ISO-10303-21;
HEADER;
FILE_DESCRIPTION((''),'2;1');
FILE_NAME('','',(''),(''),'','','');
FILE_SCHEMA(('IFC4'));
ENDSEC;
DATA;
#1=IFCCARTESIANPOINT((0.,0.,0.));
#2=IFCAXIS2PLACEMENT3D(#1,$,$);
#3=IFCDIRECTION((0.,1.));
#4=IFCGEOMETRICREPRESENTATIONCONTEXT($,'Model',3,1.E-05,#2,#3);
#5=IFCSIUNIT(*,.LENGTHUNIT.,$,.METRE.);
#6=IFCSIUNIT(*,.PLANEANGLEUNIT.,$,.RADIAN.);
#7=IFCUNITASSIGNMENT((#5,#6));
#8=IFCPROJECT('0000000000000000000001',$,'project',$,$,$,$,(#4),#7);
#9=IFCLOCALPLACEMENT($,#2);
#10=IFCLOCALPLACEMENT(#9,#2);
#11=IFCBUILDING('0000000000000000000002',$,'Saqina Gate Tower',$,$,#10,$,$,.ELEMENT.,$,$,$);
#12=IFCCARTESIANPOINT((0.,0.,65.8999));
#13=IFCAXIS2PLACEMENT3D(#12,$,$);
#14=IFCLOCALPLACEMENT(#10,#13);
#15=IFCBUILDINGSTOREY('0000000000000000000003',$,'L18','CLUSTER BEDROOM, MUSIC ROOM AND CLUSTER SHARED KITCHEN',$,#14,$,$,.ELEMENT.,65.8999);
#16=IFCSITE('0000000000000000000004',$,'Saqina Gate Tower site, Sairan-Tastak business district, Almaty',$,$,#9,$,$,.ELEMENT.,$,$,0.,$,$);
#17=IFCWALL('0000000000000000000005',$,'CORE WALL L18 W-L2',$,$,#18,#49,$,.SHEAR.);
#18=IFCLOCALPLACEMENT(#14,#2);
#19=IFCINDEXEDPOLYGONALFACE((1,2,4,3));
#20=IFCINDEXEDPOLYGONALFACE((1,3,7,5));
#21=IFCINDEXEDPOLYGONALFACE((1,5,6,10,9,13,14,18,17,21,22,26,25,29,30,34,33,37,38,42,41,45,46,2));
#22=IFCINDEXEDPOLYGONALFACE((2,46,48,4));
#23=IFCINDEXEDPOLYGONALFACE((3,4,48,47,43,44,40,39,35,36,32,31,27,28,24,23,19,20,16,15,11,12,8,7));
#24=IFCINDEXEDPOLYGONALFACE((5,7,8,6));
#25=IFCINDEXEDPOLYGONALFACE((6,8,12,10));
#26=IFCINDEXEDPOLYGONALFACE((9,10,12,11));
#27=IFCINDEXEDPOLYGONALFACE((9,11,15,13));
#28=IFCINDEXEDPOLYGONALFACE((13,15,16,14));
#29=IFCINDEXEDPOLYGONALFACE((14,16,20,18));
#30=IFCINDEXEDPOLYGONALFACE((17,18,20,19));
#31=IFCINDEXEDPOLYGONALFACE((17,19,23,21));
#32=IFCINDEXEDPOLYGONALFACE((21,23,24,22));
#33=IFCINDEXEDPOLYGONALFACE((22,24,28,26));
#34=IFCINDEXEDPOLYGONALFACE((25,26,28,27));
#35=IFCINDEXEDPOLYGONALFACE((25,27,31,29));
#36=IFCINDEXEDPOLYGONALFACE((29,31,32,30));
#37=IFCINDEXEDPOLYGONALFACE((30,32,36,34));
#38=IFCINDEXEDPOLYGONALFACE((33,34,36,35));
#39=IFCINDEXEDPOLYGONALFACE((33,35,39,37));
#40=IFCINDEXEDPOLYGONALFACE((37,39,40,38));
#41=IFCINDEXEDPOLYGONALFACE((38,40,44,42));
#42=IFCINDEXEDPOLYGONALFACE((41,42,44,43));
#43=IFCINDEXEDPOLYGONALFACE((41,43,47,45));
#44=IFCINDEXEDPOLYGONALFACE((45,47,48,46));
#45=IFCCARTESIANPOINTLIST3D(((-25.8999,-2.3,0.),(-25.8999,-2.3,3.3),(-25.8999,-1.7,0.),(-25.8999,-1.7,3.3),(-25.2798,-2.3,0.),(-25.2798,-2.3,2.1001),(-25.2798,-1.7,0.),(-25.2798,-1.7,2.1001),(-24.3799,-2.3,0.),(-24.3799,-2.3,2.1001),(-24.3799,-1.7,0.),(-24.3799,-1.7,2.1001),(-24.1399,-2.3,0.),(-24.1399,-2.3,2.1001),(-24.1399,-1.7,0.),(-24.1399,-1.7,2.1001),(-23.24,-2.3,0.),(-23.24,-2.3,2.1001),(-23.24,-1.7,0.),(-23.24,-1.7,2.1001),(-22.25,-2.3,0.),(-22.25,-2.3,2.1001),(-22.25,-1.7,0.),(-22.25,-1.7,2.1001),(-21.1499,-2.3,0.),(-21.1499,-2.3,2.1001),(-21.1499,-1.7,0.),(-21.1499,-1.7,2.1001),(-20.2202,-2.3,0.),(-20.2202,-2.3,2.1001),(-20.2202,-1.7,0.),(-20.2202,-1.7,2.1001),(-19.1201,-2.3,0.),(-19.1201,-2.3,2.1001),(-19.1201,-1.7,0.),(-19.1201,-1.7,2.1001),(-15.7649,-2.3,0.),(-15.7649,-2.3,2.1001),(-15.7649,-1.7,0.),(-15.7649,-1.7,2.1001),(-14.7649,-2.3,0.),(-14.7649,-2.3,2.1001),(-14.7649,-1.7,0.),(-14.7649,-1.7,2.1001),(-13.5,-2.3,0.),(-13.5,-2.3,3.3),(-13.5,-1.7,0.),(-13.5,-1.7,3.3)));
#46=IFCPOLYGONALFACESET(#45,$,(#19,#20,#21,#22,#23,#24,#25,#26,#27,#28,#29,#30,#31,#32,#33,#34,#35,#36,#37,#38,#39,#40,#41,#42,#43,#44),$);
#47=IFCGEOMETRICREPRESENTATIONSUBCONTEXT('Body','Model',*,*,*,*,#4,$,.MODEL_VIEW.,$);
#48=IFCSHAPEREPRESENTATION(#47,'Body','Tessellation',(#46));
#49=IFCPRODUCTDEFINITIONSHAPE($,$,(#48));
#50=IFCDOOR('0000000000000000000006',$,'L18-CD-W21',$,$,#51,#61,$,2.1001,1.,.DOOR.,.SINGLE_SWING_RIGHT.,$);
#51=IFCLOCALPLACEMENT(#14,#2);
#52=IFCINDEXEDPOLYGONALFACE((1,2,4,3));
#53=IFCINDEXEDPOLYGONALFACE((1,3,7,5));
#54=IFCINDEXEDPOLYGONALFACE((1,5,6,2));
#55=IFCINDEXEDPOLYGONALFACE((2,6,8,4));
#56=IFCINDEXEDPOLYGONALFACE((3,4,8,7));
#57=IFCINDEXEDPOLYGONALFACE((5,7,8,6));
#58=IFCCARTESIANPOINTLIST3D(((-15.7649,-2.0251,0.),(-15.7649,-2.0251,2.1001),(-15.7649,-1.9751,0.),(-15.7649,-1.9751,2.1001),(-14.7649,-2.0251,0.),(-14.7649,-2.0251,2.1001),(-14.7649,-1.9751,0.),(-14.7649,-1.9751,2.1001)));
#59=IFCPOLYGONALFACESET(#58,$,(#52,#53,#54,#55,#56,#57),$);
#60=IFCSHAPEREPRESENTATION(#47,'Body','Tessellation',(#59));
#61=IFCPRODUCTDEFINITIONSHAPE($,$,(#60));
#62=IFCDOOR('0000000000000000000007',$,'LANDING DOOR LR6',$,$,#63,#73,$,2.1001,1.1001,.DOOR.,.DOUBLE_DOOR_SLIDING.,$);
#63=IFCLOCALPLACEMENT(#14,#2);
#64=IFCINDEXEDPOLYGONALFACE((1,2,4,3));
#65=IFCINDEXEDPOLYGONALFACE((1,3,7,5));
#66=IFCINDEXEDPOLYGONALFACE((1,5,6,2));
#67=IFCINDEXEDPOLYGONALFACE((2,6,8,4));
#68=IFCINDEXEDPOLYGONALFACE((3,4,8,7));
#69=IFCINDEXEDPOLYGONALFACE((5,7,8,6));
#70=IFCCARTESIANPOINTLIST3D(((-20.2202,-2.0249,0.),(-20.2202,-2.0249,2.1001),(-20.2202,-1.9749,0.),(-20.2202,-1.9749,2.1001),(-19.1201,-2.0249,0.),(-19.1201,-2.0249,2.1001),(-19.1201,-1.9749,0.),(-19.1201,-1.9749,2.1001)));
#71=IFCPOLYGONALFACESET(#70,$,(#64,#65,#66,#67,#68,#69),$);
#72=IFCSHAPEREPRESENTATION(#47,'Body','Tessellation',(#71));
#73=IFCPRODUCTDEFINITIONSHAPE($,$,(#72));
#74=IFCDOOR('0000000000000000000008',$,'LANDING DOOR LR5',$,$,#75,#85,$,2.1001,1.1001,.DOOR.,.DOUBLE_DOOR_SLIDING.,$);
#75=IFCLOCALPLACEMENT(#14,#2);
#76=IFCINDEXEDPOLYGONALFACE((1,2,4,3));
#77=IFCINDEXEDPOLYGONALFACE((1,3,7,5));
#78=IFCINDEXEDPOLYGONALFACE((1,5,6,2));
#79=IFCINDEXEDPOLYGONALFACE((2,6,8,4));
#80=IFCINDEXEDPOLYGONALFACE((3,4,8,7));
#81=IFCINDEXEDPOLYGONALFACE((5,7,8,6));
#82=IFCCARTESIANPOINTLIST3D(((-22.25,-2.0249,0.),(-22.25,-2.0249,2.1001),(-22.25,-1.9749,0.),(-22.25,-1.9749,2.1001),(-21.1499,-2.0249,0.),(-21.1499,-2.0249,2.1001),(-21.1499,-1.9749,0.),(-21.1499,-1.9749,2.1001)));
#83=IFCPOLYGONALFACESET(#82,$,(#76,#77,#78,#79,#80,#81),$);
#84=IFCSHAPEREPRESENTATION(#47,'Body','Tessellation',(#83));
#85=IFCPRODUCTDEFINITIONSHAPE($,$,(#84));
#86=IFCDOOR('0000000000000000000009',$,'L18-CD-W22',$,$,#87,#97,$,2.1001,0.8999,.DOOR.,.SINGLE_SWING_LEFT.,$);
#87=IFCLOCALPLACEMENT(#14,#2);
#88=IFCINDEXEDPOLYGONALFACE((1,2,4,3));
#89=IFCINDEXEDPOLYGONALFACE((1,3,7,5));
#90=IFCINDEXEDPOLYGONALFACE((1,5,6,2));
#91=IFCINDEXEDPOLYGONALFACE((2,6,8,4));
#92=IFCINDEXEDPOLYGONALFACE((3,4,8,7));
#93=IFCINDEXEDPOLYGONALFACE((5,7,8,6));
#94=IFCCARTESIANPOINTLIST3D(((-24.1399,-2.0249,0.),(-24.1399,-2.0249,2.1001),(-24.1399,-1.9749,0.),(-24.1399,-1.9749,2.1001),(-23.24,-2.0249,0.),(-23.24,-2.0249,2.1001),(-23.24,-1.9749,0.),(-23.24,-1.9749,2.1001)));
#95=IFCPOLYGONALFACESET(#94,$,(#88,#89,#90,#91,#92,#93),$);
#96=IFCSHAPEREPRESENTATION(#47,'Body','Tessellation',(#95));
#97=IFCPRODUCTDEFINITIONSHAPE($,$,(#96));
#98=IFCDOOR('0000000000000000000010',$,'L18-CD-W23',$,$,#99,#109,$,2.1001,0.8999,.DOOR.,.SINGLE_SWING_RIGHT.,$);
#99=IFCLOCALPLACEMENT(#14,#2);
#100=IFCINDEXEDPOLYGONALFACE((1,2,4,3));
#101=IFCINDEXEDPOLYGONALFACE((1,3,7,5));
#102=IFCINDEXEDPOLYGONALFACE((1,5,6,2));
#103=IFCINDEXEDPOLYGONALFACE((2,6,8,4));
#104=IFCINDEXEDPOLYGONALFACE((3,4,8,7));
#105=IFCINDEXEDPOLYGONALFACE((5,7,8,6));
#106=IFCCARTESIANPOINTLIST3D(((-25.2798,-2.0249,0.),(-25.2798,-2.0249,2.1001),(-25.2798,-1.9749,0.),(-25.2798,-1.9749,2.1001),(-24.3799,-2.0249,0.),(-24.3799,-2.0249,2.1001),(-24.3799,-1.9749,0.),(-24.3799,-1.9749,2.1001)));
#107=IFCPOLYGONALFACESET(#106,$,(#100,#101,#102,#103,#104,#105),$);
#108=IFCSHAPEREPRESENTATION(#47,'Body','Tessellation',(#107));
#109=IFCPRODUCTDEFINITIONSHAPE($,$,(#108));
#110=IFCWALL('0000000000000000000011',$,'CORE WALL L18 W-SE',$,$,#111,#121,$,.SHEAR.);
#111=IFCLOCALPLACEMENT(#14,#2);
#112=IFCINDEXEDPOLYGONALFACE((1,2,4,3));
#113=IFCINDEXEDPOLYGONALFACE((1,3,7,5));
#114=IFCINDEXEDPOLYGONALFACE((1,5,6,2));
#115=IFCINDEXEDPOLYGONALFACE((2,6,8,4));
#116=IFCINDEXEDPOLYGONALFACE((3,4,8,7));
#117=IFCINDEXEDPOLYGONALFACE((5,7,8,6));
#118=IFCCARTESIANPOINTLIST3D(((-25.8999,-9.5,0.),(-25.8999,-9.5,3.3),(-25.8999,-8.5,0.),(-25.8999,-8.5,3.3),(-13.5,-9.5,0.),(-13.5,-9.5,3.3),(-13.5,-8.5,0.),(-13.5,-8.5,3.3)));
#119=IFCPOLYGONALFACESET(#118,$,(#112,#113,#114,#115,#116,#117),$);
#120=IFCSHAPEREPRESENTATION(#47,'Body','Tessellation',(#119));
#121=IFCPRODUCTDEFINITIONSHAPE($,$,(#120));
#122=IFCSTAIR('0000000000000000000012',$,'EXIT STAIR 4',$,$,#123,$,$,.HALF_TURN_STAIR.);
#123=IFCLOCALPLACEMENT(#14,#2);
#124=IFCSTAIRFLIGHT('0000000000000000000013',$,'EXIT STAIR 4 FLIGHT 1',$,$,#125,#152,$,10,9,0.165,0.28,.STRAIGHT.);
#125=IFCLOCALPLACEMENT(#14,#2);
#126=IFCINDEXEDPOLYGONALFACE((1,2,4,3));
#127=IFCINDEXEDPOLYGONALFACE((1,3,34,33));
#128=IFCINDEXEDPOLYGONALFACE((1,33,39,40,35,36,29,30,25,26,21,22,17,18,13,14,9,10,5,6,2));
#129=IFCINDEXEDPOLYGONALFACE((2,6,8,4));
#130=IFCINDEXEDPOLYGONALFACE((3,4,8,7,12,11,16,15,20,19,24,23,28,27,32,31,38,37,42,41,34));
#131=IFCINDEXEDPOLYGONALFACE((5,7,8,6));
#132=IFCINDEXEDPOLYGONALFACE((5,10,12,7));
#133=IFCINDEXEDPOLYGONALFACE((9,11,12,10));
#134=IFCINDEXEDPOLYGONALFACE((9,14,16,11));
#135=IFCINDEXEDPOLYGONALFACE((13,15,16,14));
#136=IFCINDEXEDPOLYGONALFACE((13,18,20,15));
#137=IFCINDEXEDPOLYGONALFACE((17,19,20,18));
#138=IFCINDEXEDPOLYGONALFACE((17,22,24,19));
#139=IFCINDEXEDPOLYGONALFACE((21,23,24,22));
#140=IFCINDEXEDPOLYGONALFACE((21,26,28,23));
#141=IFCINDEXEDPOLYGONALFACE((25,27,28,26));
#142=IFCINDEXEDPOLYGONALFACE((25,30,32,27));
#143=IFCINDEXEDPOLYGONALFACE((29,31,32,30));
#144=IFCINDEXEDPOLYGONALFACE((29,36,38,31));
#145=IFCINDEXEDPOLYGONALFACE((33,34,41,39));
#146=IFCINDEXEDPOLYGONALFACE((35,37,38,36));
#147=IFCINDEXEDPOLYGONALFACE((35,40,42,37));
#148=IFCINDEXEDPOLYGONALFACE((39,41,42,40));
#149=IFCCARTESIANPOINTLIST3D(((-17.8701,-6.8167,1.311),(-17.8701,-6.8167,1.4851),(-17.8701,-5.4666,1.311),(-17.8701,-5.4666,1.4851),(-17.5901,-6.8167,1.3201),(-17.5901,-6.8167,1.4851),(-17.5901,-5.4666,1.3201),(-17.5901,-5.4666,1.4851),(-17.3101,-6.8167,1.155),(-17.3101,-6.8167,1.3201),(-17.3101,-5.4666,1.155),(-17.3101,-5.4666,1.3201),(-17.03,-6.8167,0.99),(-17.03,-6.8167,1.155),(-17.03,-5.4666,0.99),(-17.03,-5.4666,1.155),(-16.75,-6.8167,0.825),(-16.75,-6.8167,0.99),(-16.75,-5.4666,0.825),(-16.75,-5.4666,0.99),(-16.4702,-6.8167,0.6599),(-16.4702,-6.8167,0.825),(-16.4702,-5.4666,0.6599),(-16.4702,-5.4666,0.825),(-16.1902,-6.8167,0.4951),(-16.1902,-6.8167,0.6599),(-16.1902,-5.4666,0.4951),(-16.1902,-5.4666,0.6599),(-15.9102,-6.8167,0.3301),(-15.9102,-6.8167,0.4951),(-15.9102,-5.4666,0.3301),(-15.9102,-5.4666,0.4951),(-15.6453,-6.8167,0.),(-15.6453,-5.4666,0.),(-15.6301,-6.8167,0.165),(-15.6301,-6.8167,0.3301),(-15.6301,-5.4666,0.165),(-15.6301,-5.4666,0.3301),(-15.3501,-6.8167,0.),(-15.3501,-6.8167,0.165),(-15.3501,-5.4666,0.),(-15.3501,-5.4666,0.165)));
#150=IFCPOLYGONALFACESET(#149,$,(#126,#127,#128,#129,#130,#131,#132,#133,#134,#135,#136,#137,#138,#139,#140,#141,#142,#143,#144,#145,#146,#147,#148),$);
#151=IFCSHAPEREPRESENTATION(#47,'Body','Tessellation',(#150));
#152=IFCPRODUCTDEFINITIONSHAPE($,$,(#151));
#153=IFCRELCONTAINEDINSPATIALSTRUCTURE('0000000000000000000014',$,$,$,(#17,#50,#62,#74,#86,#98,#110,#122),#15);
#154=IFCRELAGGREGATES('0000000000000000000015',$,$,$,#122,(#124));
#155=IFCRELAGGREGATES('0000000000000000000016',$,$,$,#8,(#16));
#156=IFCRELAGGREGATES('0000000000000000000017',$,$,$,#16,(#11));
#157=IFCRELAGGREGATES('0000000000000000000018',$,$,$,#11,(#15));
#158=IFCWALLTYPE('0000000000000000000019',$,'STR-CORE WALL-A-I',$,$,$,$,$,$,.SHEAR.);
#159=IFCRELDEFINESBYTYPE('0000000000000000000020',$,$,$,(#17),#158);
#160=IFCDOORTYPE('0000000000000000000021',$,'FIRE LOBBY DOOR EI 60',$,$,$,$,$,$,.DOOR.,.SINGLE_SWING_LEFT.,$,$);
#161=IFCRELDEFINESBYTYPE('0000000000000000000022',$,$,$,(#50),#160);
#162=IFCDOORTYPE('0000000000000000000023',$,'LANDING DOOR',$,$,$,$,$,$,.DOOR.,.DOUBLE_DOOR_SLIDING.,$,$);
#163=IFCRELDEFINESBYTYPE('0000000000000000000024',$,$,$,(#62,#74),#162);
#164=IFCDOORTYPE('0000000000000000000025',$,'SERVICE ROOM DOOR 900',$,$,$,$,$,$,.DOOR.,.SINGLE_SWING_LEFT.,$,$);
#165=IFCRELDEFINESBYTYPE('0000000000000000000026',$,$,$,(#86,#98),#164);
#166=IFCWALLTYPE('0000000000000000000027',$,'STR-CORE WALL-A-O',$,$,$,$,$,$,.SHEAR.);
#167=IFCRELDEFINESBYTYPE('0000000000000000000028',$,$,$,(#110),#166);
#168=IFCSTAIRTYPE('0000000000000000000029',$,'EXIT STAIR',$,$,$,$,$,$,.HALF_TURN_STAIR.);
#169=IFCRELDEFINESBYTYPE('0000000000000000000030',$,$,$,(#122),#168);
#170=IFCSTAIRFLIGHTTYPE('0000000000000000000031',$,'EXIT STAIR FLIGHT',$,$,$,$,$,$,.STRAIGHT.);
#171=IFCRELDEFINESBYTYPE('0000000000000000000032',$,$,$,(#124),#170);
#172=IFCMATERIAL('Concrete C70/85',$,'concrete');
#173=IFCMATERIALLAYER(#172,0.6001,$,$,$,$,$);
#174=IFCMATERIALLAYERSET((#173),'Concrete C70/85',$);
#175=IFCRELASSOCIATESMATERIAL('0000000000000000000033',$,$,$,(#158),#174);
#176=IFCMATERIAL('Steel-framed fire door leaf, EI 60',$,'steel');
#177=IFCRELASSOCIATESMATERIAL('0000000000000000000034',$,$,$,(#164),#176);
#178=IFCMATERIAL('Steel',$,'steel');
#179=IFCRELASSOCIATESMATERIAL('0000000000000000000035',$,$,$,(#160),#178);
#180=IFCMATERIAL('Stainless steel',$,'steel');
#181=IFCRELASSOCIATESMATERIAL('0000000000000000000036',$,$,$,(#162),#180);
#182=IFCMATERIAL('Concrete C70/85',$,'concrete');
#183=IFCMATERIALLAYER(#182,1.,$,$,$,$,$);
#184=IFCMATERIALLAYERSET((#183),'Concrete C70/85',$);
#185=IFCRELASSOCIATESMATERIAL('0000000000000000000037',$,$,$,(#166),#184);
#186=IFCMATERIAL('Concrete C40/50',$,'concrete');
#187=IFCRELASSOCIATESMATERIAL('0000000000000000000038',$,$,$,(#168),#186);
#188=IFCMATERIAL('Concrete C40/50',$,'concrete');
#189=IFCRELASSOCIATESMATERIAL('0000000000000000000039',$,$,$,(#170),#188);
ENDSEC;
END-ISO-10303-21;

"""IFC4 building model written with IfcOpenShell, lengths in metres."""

from ifc_helpers import new_model, si_unit, direction, frame, frame_2d, origin, place, context, subcontext, project, spatial, polyline, rectangle, outline, extrude, material, layer, layer_set, type_object, element, fill, aggregate, save


model = new_model("IFC4")

# Units and contexts
model_context = context("Model", 3, precision=1e-05, world=origin(), true_north=direction((0.0, 1.0)))
body_context = subcontext(model_context, "Body", "Model", "MODEL_VIEW")
ifc_project = project(units=[si_unit("LENGTHUNIT", "METRE"), si_unit("PLANEANGLEUNIT", "RADIAN")], contexts=[model_context])

# Site, building, storey
site_placement = place(None, origin())
site = spatial("IfcSite", under=ifc_project, at=site_placement, Name="Saqina Gate Tower site, Sairan-Tastak business district, Almaty", CompositionType="ELEMENT", RefElevation=0.0)
building_placement = place(site_placement, origin())
building = spatial("IfcBuilding", under=site, at=building_placement, Name="Saqina Gate Tower", CompositionType="ELEMENT")
storey_placement = place(building_placement, frame((0.0, 0.0, 65.8999)))
storey = spatial("IfcBuildingStorey", under=building, at=storey_placement, Name="L18", Description="CLUSTER BEDROOM, MUSIC ROOM AND CLUSTER SHARED KITCHEN", CompositionType="ELEMENT", Elevation=65.8999)

# Wall, openings, doors
ifc_material_1 = material(Name="Concrete C70/85", Category="concrete")
ifc_layer_1 = layer(ifc_material_1, 0.6001)
ifc_layer_set_1 = layer_set([ifc_layer_1], Name="Concrete C70/85")
wall_type_1 = type_object("IfcWallType", Name="STR-CORE WALL-A-I", PredefinedType="SHEAR", material=ifc_layer_set_1)
ifc_material_2 = material(Name="Steel-framed fire door leaf, EI 60", Category="steel")
door_type_1 = type_object("IfcDoorType", Name="SERVICE ROOM DOOR 900", OperationType="SINGLE_SWING_LEFT", PredefinedType="DOOR", material=ifc_material_2)
wall_1_placement = place(storey_placement, frame((-13.5, -2.0, 0.0), z_axis=(0.0, 0.0, 1.0), x_axis=(-1.0, 0.0, 0.0)))
wall_1 = element("IfcWall", 1, at=wall_1_placement, inside=storey, type_object=wall_type_1, Name="CORE WALL L18 W-L2", PredefinedType="SHEAR", context=body_context, shape_type="SweptSolid", body=[
    extrude(rectangle(XDim=12.3999, YDim=0.6001, at=frame_2d((6.2, 0.0))), origin(), (0.0, 0.0, 1.0), 3.3),
])
opening_1_placement = place(wall_1_placement, frame((5.6201, 0.0, 0.0)))
opening_1 = element("IfcOpeningElement", 2, at=opening_1_placement, cuts=wall_1, PredefinedType="OPENING", context=body_context, shape_type="SweptSolid", body=[
    extrude(rectangle(XDim=1.1001, YDim=2.1001, at=frame_2d((0.55, 1.05))), frame((0.0, 0.312, 0.0), z_axis=(0.0, -1.0, 0.0), x_axis=(1.0, 0.0, 0.0)), (0.0, 0.0, 1.0), 0.624),
])
opening_2_placement = place(wall_1_placement, frame((7.6499, 0.0, 0.0)))
opening_2 = element("IfcOpeningElement", 3, at=opening_2_placement, cuts=wall_1, PredefinedType="OPENING", context=body_context, shape_type="SweptSolid", body=[
    extrude(rectangle(XDim=1.1001, YDim=2.1001, at=frame_2d((0.55, 1.05))), frame((0.0, 0.312, 0.0), z_axis=(0.0, -1.0, 0.0), x_axis=(1.0, 0.0, 0.0)), (0.0, 0.0, 1.0), 0.624),
])
opening_3_placement = place(wall_1_placement, frame((1.2649, 0.0, 0.0)))
opening_3 = element("IfcOpeningElement", 4, at=opening_3_placement, cuts=wall_1, PredefinedType="OPENING", context=body_context, shape_type="SweptSolid", body=[
    extrude(rectangle(XDim=1.0, YDim=2.1001, at=frame_2d((0.5, 1.05))), frame((0.0, 0.312, 0.0), z_axis=(0.0, -1.0, 0.0), x_axis=(1.0, 0.0, 0.0)), (0.0, 0.0, 1.0), 0.624),
])
opening_4_placement = place(wall_1_placement, frame((9.74, 0.0, 0.0)))
opening_4 = element("IfcOpeningElement", 5, at=opening_4_placement, cuts=wall_1, PredefinedType="OPENING", context=body_context, shape_type="SweptSolid", body=[
    extrude(rectangle(XDim=0.8999, YDim=2.1001, at=frame_2d((0.45, 1.05))), frame((0.0, 0.312, 0.0), z_axis=(0.0, -1.0, 0.0), x_axis=(1.0, 0.0, 0.0)), (0.0, 0.0, 1.0), 0.624),
])
opening_5_placement = place(wall_1_placement, frame((10.8799, 0.0, 0.0)))
opening_5 = element("IfcOpeningElement", 6, at=opening_5_placement, cuts=wall_1, PredefinedType="OPENING", context=body_context, shape_type="SweptSolid", body=[
    extrude(rectangle(XDim=0.8999, YDim=2.1001, at=frame_2d((0.45, 1.05))), frame((0.0, 0.312, 0.0), z_axis=(0.0, -1.0, 0.0), x_axis=(1.0, 0.0, 0.0)), (0.0, 0.0, 1.0), 0.624),
])
ifc_material_3 = material(Name="Steel", Category="steel")
door_type_2 = type_object("IfcDoorType", Name="FIRE LOBBY DOOR EI 60", OperationType="SINGLE_SWING_LEFT", PredefinedType="DOOR", material=ifc_material_3)
door_1_placement = place(opening_3_placement, frame((1.0, 0.0, 0.0), z_axis=(0.0, 0.0, 1.0), x_axis=(-1.0, 0.0, 0.0)))
door_1 = element("IfcDoor", 7, at=door_1_placement, inside=storey, type_object=door_type_2, Name="L18-CD-W21", OperationType="SINGLE_SWING_RIGHT", OverallHeight=2.1001, OverallWidth=1.0, PredefinedType="DOOR", context=body_context, shape_type="SweptSolid", body=[
    extrude(rectangle(XDim=1.0, YDim=2.1001, at=frame_2d((0.5, 1.05))), frame((0.0, 0.0249, 0.0), z_axis=(0.0, -1.0, 0.0), x_axis=(1.0, 0.0, 0.0)), (0.0, 0.0, 1.0), 0.05),
])
fill(opening_3, door_1)
ifc_material_4 = material(Name="Stainless steel", Category="steel")
door_type_3 = type_object("IfcDoorType", Name="LANDING DOOR", OperationType="DOUBLE_DOOR_SLIDING", PredefinedType="DOOR", material=ifc_material_4)
door_2_placement = place(opening_1_placement, origin())
door_2 = element("IfcDoor", 8, at=door_2_placement, inside=storey, type_object=door_type_3, Name="LANDING DOOR LR6", OperationType="DOUBLE_DOOR_SLIDING", OverallHeight=2.1001, OverallWidth=1.1001, PredefinedType="DOOR", context=body_context, shape_type="SweptSolid", body=[
    extrude(rectangle(XDim=1.1001, YDim=2.1001, at=frame_2d((0.55, 1.05))), frame((0.0, 0.0249, 0.0), z_axis=(0.0, -1.0, 0.0), x_axis=(1.0, 0.0, 0.0)), (0.0, 0.0, 1.0), 0.05),
])
fill(opening_1, door_2)
door_3_placement = place(opening_2_placement, origin())
door_3 = element("IfcDoor", 9, at=door_3_placement, inside=storey, type_object=door_type_3, Name="LANDING DOOR LR5", OperationType="DOUBLE_DOOR_SLIDING", OverallHeight=2.1001, OverallWidth=1.1001, PredefinedType="DOOR", context=body_context, shape_type="SweptSolid", body=[
    extrude(rectangle(XDim=1.1001, YDim=2.1001, at=frame_2d((0.55, 1.05))), frame((0.0, 0.0249, 0.0), z_axis=(0.0, -1.0, 0.0), x_axis=(1.0, 0.0, 0.0)), (0.0, 0.0, 1.0), 0.05),
])
fill(opening_2, door_3)
door_4_placement = place(opening_4_placement, origin())
door_4 = element("IfcDoor", 10, at=door_4_placement, inside=storey, type_object=door_type_1, Name="L18-CD-W22", OperationType="SINGLE_SWING_LEFT", OverallHeight=2.1001, OverallWidth=0.8999, PredefinedType="DOOR", context=body_context, shape_type="SweptSolid", body=[
    extrude(rectangle(XDim=0.8999, YDim=2.1001, at=frame_2d((0.45, 1.05))), frame((0.0, 0.0249, 0.0), z_axis=(0.0, -1.0, 0.0), x_axis=(1.0, 0.0, 0.0)), (0.0, 0.0, 1.0), 0.05),
])
fill(opening_4, door_4)
door_5_placement = place(opening_5_placement, origin())
door_5 = element("IfcDoor", 11, at=door_5_placement, inside=storey, type_object=door_type_1, Name="L18-CD-W23", OperationType="SINGLE_SWING_RIGHT", OverallHeight=2.1001, OverallWidth=0.8999, PredefinedType="DOOR", context=body_context, shape_type="SweptSolid", body=[
    extrude(rectangle(XDim=0.8999, YDim=2.1001, at=frame_2d((0.45, 1.05))), frame((0.0, 0.0249, 0.0), z_axis=(0.0, -1.0, 0.0), x_axis=(1.0, 0.0, 0.0)), (0.0, 0.0, 1.0), 0.05),
])
fill(opening_5, door_5)
ifc_material_5 = material(Name="Concrete C70/85", Category="concrete")
ifc_layer_2 = layer(ifc_material_5, 1.0)
ifc_layer_set_2 = layer_set([ifc_layer_2], Name="Concrete C70/85")
wall_type_2 = type_object("IfcWallType", Name="STR-CORE WALL-A-O", PredefinedType="SHEAR", material=ifc_layer_set_2)

# Wall
wall_2_placement = place(storey_placement, frame((-13.5, -9.0, 0.0), z_axis=(0.0, 0.0, 1.0), x_axis=(-1.0, 0.0, 0.0)))
element("IfcWall", 12, at=wall_2_placement, inside=storey, type_object=wall_type_2, Name="CORE WALL L18 W-SE", PredefinedType="SHEAR", context=body_context, shape_type="SweptSolid", body=[
    extrude(rectangle(XDim=12.3999, YDim=1.0, at=frame_2d((6.2, 0.0))), origin(), (0.0, 0.0, 1.0), 3.3),
])

# Stair, stair flight
ifc_material_6 = material(Name="Concrete C40/50", Category="concrete")
stair_type = type_object("IfcStairType", Name="EXIT STAIR", PredefinedType="HALF_TURN_STAIR", material=ifc_material_6)
stair_placement = place(storey_placement, origin())
stair = element("IfcStair", 13, at=stair_placement, inside=storey, type_object=stair_type, Name="EXIT STAIR 4", PredefinedType="HALF_TURN_STAIR")
ifc_material_7 = material(Name="Concrete C40/50", Category="concrete")
stair_flight_type = type_object("IfcStairFlightType", Name="EXIT STAIR FLIGHT", PredefinedType="STRAIGHT", material=ifc_material_7)
stair_flight_placement = place(storey_placement, frame((-15.3501, -6.1416, 0.0), z_axis=(0.0, 0.0, 1.0), x_axis=(-1.0, 0.0, 0.0)))
stair_flight = element("IfcStairFlight", 14, at=stair_flight_placement, type_object=stair_flight_type, Name="EXIT STAIR 4 FLIGHT 1", NumberOfRisers=10, NumberOfTreads=9, PredefinedType="STRAIGHT", RiserHeight=0.165, TreadLength=0.28, context=body_context, shape_type="SweptSolid", body=[
    extrude(outline(polyline([(0.0, 0.0), (0.0, 0.165), (0.28, 0.165), (0.28, 0.3301), (0.5601, 0.3301), (0.5601, 0.4951), (0.8401, 0.4951), (0.8401, 0.6599), (1.1201, 0.6599), (1.1201, 0.825), (1.3999, 0.825), (1.3999, 0.99), (1.6799, 0.99), (1.6799, 1.155), (1.96, 1.155), (1.96, 1.3201), (2.24, 1.3201), (2.24, 1.4851), (2.52, 1.4851), (2.52, 1.6499), (2.52, 1.311), (0.2952, 0.0), (0.0, 0.0)])), frame((0.0, 0.675, 0.0), z_axis=(0.0, -1.0, 0.0), x_axis=(1.0, 0.0, 0.0)), (0.0, 0.0, 1.0), 1.3501),
])
aggregate(stair, [stair_flight])

save(model, "model.ifc")
